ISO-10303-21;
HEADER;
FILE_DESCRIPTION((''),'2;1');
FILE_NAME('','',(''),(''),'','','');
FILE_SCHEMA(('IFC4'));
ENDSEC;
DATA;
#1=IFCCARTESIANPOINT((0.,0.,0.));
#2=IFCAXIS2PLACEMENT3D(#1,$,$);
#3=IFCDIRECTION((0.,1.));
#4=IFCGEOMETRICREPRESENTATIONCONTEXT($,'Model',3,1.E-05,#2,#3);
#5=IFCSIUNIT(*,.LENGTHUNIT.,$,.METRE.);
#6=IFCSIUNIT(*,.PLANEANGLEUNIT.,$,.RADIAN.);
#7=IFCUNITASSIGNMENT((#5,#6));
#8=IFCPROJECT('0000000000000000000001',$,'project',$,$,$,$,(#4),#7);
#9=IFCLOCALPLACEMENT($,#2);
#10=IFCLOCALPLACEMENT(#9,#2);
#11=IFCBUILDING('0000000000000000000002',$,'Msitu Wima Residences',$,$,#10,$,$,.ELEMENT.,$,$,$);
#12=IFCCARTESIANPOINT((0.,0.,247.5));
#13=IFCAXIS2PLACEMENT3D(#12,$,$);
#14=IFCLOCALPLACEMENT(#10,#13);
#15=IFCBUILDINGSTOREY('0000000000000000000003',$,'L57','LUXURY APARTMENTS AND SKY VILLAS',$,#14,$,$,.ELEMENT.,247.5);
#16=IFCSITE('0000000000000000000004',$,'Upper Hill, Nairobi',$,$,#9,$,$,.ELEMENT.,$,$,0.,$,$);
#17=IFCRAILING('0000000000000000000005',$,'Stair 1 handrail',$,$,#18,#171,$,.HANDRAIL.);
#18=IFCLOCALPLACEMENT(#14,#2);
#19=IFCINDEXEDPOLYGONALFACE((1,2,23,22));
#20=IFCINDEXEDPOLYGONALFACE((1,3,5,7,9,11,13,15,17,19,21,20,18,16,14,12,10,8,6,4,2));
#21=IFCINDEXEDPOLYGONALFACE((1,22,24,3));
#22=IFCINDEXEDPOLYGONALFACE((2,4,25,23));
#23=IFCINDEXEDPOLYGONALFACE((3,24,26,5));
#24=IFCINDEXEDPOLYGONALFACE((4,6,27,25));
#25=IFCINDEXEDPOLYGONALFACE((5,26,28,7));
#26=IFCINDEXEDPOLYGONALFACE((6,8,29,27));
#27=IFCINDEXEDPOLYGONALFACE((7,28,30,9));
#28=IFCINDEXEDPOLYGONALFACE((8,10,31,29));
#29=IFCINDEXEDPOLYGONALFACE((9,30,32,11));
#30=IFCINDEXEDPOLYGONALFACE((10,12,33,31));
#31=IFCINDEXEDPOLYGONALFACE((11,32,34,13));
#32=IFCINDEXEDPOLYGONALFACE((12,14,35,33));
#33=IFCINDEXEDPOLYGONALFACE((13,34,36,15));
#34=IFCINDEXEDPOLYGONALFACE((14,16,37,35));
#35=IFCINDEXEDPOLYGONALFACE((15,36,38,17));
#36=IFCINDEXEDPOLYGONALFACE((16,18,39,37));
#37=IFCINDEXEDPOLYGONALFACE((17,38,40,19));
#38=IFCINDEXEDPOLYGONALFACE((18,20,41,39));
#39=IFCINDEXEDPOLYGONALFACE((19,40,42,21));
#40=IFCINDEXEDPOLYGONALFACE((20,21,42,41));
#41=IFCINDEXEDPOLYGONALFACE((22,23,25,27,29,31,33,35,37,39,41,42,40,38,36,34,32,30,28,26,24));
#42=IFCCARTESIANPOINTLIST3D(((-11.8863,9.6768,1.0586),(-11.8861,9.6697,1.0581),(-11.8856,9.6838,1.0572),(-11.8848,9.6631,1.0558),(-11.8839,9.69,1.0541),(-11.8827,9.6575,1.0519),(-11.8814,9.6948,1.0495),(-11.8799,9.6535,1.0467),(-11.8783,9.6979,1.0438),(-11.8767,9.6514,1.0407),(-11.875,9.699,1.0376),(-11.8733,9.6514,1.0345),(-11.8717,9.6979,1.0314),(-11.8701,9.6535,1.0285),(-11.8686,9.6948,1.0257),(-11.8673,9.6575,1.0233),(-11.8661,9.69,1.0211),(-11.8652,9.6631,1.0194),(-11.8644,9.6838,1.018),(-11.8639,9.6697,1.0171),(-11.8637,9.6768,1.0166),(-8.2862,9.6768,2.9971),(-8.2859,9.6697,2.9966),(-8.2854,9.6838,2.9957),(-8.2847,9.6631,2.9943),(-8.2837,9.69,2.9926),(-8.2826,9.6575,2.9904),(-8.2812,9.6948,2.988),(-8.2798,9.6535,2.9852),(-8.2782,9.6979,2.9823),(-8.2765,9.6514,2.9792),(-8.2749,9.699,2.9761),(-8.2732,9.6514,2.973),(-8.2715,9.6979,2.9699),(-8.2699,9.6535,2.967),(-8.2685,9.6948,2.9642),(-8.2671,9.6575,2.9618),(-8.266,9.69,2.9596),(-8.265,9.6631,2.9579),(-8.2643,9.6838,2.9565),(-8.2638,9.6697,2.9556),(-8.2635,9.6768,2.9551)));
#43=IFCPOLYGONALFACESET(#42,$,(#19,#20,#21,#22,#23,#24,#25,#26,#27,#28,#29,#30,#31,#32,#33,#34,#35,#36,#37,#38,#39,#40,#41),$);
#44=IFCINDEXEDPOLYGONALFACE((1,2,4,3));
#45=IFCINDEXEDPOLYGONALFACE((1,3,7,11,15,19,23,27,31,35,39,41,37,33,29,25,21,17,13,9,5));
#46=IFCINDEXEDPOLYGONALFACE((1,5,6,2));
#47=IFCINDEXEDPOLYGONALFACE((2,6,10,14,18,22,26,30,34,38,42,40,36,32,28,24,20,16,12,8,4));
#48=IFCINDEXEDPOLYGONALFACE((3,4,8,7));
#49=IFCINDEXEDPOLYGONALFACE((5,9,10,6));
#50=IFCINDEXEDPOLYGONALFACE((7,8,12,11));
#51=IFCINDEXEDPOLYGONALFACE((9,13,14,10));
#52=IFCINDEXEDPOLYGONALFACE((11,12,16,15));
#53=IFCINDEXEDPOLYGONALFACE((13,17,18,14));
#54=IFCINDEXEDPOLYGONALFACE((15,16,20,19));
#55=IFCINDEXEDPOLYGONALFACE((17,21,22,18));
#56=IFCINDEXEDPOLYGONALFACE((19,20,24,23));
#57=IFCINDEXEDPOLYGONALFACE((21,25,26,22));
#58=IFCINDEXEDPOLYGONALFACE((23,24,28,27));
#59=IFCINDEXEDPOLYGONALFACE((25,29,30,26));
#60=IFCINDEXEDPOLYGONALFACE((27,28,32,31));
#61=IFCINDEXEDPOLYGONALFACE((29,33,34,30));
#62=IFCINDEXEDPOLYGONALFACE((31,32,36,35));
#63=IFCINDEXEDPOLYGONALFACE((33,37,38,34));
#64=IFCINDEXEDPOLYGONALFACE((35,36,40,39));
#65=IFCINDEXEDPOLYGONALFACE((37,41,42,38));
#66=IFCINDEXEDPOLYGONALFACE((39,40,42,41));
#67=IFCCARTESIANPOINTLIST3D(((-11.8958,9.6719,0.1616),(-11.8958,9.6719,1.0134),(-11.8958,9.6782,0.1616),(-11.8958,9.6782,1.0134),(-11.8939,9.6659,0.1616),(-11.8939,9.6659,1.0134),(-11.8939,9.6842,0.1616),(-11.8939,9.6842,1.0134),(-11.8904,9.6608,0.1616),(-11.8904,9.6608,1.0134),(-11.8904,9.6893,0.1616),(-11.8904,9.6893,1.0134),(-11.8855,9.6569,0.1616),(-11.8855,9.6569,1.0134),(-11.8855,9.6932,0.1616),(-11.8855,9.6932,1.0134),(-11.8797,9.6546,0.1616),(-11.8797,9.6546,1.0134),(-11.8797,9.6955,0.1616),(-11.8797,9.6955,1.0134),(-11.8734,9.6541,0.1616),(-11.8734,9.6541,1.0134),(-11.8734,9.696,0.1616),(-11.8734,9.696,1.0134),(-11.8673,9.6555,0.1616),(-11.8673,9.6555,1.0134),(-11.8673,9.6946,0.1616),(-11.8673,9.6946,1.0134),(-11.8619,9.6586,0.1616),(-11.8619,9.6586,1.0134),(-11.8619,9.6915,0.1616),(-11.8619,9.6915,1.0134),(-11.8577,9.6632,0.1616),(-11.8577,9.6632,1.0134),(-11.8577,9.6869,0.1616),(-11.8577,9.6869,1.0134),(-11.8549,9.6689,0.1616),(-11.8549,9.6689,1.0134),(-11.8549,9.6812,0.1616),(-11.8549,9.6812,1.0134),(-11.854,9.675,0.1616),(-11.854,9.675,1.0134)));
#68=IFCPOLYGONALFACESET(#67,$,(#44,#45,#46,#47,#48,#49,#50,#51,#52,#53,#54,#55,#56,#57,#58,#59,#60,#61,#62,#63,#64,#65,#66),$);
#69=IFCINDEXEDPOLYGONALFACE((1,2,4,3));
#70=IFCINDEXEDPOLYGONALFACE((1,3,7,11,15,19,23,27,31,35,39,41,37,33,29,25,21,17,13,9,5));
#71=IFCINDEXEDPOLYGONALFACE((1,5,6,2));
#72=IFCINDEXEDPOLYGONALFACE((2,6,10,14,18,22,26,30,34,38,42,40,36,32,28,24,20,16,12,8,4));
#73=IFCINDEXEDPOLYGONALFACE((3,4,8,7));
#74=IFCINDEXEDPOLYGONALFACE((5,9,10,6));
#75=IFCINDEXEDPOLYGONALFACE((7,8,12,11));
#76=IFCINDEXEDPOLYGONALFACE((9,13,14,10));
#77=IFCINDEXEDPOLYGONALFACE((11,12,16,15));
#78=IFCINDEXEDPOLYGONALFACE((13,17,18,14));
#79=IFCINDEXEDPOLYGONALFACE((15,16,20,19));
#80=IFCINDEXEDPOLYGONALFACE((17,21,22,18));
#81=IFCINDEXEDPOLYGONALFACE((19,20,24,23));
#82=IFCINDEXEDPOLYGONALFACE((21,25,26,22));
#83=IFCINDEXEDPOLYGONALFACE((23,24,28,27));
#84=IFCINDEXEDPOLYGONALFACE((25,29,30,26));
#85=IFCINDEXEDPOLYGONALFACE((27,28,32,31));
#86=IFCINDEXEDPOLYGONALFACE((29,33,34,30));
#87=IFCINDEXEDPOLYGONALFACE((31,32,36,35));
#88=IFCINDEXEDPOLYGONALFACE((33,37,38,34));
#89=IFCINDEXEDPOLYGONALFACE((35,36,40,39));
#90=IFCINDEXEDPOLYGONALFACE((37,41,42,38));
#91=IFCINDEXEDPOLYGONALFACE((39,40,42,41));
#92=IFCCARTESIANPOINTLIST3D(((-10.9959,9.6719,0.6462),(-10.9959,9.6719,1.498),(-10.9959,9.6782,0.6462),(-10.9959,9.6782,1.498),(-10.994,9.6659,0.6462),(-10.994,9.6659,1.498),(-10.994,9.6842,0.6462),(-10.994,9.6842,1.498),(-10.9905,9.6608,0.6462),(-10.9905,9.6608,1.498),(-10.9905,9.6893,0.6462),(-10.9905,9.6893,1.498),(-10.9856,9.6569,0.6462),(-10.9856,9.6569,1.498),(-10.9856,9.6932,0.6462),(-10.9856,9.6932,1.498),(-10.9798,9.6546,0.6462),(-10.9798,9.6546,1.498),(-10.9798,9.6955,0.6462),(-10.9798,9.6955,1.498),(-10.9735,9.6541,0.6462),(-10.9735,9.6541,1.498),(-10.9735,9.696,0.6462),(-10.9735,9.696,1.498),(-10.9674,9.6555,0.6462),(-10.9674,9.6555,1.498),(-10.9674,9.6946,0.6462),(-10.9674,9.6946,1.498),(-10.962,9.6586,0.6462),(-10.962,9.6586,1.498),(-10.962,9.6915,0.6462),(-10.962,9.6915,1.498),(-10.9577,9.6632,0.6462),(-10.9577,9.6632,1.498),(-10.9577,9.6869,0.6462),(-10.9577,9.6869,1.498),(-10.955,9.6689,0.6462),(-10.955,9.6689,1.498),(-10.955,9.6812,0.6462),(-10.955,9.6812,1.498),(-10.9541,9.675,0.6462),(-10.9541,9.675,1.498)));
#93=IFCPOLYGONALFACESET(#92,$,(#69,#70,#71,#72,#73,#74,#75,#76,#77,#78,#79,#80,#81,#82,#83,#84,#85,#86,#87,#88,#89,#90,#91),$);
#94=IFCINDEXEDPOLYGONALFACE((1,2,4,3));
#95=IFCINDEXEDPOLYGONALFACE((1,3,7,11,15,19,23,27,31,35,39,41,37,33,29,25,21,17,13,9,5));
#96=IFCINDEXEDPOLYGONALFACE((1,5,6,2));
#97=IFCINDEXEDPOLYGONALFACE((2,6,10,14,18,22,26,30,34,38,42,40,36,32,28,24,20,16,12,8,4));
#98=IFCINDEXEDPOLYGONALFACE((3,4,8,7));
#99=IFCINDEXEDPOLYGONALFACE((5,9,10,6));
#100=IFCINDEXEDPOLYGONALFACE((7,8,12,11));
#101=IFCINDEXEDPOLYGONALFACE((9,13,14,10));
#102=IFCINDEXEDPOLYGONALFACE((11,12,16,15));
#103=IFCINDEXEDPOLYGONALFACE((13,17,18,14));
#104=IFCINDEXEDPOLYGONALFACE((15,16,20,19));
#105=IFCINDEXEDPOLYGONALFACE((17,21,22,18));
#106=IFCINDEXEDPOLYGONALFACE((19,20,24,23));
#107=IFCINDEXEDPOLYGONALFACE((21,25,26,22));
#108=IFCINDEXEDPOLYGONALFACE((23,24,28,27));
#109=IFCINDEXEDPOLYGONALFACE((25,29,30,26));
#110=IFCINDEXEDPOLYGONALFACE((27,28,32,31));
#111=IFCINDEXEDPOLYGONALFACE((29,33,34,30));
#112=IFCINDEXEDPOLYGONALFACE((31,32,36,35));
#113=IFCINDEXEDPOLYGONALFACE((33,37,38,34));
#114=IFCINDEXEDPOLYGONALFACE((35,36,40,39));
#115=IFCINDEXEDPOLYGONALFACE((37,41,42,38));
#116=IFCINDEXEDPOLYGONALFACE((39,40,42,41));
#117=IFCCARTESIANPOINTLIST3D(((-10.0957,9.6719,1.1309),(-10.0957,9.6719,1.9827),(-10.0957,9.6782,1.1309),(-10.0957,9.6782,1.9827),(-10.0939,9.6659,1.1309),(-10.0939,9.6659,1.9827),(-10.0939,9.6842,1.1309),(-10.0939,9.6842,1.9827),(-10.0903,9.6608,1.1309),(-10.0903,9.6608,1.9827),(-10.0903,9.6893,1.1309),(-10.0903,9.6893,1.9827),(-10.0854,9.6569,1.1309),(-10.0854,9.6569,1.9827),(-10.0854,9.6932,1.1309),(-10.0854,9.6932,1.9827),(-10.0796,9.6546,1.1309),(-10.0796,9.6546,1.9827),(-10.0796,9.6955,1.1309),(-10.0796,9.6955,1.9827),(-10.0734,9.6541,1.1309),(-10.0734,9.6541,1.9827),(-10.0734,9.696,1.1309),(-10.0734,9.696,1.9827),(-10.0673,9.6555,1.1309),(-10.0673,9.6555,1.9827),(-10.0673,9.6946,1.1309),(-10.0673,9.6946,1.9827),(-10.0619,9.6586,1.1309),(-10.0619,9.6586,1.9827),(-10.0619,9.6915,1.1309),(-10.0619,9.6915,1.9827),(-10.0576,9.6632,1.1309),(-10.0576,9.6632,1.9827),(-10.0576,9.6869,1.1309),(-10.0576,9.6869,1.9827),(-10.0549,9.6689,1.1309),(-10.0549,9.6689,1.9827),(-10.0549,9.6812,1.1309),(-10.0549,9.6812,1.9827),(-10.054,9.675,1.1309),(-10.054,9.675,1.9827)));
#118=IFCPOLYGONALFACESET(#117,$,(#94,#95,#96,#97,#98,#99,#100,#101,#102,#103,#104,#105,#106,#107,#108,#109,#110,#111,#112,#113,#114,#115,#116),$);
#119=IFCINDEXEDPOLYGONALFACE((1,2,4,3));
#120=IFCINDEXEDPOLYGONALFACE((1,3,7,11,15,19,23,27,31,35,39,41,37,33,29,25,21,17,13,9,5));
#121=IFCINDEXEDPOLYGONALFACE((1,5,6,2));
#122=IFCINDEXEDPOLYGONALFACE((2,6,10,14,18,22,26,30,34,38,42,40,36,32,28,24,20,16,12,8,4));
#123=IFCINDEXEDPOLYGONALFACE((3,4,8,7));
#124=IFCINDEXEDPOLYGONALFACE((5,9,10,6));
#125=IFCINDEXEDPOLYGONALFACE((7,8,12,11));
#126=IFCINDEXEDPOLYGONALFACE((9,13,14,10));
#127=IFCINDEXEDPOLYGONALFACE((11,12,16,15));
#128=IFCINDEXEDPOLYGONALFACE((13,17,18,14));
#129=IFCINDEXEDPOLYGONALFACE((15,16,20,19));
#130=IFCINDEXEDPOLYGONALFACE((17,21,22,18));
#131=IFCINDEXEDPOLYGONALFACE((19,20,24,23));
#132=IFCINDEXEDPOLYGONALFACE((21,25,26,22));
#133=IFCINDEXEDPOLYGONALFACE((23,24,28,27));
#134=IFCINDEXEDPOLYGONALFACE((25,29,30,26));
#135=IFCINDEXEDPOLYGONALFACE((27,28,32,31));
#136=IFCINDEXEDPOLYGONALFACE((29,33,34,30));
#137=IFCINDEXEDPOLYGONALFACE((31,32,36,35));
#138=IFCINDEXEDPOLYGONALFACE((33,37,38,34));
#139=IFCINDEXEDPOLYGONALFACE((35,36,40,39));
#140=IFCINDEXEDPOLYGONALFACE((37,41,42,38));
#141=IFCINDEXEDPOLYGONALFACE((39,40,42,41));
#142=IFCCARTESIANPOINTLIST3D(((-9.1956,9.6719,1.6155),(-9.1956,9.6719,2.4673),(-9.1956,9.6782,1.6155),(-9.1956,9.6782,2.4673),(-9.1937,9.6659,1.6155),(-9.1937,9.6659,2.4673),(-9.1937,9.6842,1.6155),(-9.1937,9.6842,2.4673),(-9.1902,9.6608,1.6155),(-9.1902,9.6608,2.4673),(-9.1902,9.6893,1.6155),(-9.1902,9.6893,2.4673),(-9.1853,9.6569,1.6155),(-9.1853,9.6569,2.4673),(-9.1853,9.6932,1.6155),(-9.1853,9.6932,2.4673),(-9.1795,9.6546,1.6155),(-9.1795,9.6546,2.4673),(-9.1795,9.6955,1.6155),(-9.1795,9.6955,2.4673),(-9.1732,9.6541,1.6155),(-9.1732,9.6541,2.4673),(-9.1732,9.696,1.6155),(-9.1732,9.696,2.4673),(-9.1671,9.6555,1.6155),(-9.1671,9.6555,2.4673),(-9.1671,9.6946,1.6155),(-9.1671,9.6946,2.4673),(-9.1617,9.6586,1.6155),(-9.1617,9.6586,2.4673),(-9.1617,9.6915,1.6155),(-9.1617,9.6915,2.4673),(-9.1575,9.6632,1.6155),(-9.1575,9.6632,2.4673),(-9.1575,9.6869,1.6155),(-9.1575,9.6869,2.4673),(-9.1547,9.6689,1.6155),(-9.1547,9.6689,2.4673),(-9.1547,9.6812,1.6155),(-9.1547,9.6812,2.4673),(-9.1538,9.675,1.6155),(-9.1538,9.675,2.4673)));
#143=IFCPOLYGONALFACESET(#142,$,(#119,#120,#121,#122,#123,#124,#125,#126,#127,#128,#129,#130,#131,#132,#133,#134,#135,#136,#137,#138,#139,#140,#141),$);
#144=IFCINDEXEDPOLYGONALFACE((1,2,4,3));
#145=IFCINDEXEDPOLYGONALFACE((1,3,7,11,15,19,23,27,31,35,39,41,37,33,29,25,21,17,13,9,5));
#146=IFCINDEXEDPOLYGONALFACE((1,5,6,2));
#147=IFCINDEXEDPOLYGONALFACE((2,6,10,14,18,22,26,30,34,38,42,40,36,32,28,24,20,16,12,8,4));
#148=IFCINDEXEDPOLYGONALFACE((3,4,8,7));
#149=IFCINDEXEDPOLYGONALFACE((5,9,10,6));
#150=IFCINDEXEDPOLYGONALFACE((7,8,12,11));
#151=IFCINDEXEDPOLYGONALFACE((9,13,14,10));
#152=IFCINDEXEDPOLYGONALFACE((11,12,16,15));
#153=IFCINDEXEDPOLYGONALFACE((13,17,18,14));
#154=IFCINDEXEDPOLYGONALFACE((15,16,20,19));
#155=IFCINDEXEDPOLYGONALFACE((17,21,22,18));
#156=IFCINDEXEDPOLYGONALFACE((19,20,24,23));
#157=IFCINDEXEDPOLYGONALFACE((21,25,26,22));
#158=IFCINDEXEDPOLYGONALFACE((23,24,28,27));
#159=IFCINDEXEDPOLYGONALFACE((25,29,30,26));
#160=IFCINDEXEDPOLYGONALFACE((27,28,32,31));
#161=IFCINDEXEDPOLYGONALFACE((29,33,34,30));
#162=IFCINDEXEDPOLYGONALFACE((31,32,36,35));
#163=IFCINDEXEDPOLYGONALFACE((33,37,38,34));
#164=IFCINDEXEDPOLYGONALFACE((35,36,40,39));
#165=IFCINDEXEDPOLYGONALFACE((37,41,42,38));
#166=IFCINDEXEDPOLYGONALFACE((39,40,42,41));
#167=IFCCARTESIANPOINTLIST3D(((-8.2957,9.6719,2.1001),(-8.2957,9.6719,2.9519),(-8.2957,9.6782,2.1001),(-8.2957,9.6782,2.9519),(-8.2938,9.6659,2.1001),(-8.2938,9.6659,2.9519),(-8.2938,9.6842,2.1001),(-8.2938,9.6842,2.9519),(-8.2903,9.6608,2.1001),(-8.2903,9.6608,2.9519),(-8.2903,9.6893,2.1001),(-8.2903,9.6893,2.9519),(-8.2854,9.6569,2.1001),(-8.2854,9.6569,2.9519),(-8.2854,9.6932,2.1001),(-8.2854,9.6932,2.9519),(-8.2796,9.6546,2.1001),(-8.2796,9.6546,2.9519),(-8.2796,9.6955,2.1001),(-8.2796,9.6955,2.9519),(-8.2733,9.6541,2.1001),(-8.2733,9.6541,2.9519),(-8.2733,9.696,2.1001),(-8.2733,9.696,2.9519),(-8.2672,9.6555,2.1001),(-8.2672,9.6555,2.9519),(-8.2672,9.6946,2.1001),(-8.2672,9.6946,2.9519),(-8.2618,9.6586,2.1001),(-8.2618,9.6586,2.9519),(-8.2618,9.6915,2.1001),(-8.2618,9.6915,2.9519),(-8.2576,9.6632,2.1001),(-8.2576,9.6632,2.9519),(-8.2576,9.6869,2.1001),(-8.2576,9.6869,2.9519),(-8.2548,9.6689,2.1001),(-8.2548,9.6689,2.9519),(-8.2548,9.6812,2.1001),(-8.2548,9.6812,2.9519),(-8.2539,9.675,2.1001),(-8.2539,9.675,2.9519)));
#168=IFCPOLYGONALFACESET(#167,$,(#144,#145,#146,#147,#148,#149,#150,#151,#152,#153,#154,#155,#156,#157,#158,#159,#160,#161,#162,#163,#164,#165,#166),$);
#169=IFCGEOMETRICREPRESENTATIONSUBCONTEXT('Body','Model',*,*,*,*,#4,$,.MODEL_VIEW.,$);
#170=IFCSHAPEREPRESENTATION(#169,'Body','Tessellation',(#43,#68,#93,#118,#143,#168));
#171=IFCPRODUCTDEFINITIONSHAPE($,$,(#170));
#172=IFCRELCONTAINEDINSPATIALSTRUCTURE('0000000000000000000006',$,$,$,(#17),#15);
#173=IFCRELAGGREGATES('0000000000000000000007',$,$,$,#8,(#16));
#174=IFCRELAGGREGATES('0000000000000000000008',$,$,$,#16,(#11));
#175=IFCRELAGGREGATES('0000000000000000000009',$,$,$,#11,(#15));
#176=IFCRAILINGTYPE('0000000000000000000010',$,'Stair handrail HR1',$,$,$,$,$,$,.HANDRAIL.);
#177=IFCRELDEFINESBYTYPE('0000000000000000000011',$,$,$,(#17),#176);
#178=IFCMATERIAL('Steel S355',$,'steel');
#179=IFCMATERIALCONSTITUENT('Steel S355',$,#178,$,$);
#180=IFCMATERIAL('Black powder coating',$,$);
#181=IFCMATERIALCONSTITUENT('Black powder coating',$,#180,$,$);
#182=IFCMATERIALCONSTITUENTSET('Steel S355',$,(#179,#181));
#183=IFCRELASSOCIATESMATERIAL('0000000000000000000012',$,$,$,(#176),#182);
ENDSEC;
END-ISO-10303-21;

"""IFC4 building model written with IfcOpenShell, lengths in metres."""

from ifc_helpers import new_model, si_unit, direction, frame, origin, origin_2d, place, context, subcontext, project, spatial, circle, extrude, material, constituent, constituent_set, type_object, element, save


model = new_model("IFC4")

# Units and contexts
model_context = context("Model", 3, precision=1e-05, world=origin(), true_north=direction((0.0, 1.0)))
body_context = subcontext(model_context, "Body", "Model", "MODEL_VIEW")
ifc_project = project(units=[si_unit("LENGTHUNIT", "METRE"), si_unit("PLANEANGLEUNIT", "RADIAN")], contexts=[model_context])

# Site, building, storey
site_placement = place(None, origin())
site = spatial("IfcSite", under=ifc_project, at=site_placement, Name="Upper Hill, Nairobi", CompositionType="ELEMENT", RefElevation=0.0)
building_placement = place(site_placement, origin())
building = spatial("IfcBuilding", under=site, at=building_placement, Name="Msitu Wima Residences", CompositionType="ELEMENT")
storey_placement = place(building_placement, frame((0.0, 0.0, 247.5)))
storey = spatial("IfcBuildingStorey", under=building, at=storey_placement, Name="L57", Description="LUXURY APARTMENTS AND SKY VILLAS", CompositionType="ELEMENT", Elevation=247.5)

# Railing
ifc_material_1 = material(Name="Steel S355", Category="steel")
ifc_constituent_1 = constituent(ifc_material_1, Name="Steel S355")
ifc_material_2 = material(Name="Black powder coating")
ifc_constituent_2 = constituent(ifc_material_2, Name="Black powder coating")
ifc_constituent_set = constituent_set(constituents=[ifc_constituent_1, ifc_constituent_2], Name="Steel S355")
railing_type = type_object("IfcRailingType", Name="Stair handrail HR1", PredefinedType="HANDRAIL", material=ifc_constituent_set)
for number, where, name in (
    (1, (-11.875, 9.675, 0.1616), "Stair 1 handrail"),
):
    element("IfcRailing", number, at=place(storey_placement, frame(where)), inside=storey, type_object=railing_type, Name=name, PredefinedType="HANDRAIL", context=body_context, shape_type="SweptSolid", body=[
        extrude(circle(Radius=0.0239, at=origin_2d()), frame((0.0, 0.0, 0.876), z_axis=(0.880475, 0.0, 0.474093), x_axis=(0.0, 1.0, 0.0)), (0.0, 0.0, 1.0), 4.0889),
        extrude(circle(Radius=0.021, at=origin_2d()), origin(), (0.0, 0.0, 1.0), 0.8518),
        extrude(circle(Radius=0.021, at=origin_2d()), frame((0.8999, 0.0, 0.4846)), (0.0, 0.0, 1.0), 0.8518),
        extrude(circle(Radius=0.021, at=origin_2d()), frame((1.8, 0.0, 0.9692)), (0.0, 0.0, 1.0), 0.8518),
        extrude(circle(Radius=0.021, at=origin_2d()), frame((2.7002, 0.0, 1.4539)), (0.0, 0.0, 1.0), 0.8518),
        extrude(circle(Radius=0.021, at=origin_2d()), frame((3.6001, 0.0, 1.9385)), (0.0, 0.0, 1.0), 0.8518),
    ])

save(model, "model.ifc")
